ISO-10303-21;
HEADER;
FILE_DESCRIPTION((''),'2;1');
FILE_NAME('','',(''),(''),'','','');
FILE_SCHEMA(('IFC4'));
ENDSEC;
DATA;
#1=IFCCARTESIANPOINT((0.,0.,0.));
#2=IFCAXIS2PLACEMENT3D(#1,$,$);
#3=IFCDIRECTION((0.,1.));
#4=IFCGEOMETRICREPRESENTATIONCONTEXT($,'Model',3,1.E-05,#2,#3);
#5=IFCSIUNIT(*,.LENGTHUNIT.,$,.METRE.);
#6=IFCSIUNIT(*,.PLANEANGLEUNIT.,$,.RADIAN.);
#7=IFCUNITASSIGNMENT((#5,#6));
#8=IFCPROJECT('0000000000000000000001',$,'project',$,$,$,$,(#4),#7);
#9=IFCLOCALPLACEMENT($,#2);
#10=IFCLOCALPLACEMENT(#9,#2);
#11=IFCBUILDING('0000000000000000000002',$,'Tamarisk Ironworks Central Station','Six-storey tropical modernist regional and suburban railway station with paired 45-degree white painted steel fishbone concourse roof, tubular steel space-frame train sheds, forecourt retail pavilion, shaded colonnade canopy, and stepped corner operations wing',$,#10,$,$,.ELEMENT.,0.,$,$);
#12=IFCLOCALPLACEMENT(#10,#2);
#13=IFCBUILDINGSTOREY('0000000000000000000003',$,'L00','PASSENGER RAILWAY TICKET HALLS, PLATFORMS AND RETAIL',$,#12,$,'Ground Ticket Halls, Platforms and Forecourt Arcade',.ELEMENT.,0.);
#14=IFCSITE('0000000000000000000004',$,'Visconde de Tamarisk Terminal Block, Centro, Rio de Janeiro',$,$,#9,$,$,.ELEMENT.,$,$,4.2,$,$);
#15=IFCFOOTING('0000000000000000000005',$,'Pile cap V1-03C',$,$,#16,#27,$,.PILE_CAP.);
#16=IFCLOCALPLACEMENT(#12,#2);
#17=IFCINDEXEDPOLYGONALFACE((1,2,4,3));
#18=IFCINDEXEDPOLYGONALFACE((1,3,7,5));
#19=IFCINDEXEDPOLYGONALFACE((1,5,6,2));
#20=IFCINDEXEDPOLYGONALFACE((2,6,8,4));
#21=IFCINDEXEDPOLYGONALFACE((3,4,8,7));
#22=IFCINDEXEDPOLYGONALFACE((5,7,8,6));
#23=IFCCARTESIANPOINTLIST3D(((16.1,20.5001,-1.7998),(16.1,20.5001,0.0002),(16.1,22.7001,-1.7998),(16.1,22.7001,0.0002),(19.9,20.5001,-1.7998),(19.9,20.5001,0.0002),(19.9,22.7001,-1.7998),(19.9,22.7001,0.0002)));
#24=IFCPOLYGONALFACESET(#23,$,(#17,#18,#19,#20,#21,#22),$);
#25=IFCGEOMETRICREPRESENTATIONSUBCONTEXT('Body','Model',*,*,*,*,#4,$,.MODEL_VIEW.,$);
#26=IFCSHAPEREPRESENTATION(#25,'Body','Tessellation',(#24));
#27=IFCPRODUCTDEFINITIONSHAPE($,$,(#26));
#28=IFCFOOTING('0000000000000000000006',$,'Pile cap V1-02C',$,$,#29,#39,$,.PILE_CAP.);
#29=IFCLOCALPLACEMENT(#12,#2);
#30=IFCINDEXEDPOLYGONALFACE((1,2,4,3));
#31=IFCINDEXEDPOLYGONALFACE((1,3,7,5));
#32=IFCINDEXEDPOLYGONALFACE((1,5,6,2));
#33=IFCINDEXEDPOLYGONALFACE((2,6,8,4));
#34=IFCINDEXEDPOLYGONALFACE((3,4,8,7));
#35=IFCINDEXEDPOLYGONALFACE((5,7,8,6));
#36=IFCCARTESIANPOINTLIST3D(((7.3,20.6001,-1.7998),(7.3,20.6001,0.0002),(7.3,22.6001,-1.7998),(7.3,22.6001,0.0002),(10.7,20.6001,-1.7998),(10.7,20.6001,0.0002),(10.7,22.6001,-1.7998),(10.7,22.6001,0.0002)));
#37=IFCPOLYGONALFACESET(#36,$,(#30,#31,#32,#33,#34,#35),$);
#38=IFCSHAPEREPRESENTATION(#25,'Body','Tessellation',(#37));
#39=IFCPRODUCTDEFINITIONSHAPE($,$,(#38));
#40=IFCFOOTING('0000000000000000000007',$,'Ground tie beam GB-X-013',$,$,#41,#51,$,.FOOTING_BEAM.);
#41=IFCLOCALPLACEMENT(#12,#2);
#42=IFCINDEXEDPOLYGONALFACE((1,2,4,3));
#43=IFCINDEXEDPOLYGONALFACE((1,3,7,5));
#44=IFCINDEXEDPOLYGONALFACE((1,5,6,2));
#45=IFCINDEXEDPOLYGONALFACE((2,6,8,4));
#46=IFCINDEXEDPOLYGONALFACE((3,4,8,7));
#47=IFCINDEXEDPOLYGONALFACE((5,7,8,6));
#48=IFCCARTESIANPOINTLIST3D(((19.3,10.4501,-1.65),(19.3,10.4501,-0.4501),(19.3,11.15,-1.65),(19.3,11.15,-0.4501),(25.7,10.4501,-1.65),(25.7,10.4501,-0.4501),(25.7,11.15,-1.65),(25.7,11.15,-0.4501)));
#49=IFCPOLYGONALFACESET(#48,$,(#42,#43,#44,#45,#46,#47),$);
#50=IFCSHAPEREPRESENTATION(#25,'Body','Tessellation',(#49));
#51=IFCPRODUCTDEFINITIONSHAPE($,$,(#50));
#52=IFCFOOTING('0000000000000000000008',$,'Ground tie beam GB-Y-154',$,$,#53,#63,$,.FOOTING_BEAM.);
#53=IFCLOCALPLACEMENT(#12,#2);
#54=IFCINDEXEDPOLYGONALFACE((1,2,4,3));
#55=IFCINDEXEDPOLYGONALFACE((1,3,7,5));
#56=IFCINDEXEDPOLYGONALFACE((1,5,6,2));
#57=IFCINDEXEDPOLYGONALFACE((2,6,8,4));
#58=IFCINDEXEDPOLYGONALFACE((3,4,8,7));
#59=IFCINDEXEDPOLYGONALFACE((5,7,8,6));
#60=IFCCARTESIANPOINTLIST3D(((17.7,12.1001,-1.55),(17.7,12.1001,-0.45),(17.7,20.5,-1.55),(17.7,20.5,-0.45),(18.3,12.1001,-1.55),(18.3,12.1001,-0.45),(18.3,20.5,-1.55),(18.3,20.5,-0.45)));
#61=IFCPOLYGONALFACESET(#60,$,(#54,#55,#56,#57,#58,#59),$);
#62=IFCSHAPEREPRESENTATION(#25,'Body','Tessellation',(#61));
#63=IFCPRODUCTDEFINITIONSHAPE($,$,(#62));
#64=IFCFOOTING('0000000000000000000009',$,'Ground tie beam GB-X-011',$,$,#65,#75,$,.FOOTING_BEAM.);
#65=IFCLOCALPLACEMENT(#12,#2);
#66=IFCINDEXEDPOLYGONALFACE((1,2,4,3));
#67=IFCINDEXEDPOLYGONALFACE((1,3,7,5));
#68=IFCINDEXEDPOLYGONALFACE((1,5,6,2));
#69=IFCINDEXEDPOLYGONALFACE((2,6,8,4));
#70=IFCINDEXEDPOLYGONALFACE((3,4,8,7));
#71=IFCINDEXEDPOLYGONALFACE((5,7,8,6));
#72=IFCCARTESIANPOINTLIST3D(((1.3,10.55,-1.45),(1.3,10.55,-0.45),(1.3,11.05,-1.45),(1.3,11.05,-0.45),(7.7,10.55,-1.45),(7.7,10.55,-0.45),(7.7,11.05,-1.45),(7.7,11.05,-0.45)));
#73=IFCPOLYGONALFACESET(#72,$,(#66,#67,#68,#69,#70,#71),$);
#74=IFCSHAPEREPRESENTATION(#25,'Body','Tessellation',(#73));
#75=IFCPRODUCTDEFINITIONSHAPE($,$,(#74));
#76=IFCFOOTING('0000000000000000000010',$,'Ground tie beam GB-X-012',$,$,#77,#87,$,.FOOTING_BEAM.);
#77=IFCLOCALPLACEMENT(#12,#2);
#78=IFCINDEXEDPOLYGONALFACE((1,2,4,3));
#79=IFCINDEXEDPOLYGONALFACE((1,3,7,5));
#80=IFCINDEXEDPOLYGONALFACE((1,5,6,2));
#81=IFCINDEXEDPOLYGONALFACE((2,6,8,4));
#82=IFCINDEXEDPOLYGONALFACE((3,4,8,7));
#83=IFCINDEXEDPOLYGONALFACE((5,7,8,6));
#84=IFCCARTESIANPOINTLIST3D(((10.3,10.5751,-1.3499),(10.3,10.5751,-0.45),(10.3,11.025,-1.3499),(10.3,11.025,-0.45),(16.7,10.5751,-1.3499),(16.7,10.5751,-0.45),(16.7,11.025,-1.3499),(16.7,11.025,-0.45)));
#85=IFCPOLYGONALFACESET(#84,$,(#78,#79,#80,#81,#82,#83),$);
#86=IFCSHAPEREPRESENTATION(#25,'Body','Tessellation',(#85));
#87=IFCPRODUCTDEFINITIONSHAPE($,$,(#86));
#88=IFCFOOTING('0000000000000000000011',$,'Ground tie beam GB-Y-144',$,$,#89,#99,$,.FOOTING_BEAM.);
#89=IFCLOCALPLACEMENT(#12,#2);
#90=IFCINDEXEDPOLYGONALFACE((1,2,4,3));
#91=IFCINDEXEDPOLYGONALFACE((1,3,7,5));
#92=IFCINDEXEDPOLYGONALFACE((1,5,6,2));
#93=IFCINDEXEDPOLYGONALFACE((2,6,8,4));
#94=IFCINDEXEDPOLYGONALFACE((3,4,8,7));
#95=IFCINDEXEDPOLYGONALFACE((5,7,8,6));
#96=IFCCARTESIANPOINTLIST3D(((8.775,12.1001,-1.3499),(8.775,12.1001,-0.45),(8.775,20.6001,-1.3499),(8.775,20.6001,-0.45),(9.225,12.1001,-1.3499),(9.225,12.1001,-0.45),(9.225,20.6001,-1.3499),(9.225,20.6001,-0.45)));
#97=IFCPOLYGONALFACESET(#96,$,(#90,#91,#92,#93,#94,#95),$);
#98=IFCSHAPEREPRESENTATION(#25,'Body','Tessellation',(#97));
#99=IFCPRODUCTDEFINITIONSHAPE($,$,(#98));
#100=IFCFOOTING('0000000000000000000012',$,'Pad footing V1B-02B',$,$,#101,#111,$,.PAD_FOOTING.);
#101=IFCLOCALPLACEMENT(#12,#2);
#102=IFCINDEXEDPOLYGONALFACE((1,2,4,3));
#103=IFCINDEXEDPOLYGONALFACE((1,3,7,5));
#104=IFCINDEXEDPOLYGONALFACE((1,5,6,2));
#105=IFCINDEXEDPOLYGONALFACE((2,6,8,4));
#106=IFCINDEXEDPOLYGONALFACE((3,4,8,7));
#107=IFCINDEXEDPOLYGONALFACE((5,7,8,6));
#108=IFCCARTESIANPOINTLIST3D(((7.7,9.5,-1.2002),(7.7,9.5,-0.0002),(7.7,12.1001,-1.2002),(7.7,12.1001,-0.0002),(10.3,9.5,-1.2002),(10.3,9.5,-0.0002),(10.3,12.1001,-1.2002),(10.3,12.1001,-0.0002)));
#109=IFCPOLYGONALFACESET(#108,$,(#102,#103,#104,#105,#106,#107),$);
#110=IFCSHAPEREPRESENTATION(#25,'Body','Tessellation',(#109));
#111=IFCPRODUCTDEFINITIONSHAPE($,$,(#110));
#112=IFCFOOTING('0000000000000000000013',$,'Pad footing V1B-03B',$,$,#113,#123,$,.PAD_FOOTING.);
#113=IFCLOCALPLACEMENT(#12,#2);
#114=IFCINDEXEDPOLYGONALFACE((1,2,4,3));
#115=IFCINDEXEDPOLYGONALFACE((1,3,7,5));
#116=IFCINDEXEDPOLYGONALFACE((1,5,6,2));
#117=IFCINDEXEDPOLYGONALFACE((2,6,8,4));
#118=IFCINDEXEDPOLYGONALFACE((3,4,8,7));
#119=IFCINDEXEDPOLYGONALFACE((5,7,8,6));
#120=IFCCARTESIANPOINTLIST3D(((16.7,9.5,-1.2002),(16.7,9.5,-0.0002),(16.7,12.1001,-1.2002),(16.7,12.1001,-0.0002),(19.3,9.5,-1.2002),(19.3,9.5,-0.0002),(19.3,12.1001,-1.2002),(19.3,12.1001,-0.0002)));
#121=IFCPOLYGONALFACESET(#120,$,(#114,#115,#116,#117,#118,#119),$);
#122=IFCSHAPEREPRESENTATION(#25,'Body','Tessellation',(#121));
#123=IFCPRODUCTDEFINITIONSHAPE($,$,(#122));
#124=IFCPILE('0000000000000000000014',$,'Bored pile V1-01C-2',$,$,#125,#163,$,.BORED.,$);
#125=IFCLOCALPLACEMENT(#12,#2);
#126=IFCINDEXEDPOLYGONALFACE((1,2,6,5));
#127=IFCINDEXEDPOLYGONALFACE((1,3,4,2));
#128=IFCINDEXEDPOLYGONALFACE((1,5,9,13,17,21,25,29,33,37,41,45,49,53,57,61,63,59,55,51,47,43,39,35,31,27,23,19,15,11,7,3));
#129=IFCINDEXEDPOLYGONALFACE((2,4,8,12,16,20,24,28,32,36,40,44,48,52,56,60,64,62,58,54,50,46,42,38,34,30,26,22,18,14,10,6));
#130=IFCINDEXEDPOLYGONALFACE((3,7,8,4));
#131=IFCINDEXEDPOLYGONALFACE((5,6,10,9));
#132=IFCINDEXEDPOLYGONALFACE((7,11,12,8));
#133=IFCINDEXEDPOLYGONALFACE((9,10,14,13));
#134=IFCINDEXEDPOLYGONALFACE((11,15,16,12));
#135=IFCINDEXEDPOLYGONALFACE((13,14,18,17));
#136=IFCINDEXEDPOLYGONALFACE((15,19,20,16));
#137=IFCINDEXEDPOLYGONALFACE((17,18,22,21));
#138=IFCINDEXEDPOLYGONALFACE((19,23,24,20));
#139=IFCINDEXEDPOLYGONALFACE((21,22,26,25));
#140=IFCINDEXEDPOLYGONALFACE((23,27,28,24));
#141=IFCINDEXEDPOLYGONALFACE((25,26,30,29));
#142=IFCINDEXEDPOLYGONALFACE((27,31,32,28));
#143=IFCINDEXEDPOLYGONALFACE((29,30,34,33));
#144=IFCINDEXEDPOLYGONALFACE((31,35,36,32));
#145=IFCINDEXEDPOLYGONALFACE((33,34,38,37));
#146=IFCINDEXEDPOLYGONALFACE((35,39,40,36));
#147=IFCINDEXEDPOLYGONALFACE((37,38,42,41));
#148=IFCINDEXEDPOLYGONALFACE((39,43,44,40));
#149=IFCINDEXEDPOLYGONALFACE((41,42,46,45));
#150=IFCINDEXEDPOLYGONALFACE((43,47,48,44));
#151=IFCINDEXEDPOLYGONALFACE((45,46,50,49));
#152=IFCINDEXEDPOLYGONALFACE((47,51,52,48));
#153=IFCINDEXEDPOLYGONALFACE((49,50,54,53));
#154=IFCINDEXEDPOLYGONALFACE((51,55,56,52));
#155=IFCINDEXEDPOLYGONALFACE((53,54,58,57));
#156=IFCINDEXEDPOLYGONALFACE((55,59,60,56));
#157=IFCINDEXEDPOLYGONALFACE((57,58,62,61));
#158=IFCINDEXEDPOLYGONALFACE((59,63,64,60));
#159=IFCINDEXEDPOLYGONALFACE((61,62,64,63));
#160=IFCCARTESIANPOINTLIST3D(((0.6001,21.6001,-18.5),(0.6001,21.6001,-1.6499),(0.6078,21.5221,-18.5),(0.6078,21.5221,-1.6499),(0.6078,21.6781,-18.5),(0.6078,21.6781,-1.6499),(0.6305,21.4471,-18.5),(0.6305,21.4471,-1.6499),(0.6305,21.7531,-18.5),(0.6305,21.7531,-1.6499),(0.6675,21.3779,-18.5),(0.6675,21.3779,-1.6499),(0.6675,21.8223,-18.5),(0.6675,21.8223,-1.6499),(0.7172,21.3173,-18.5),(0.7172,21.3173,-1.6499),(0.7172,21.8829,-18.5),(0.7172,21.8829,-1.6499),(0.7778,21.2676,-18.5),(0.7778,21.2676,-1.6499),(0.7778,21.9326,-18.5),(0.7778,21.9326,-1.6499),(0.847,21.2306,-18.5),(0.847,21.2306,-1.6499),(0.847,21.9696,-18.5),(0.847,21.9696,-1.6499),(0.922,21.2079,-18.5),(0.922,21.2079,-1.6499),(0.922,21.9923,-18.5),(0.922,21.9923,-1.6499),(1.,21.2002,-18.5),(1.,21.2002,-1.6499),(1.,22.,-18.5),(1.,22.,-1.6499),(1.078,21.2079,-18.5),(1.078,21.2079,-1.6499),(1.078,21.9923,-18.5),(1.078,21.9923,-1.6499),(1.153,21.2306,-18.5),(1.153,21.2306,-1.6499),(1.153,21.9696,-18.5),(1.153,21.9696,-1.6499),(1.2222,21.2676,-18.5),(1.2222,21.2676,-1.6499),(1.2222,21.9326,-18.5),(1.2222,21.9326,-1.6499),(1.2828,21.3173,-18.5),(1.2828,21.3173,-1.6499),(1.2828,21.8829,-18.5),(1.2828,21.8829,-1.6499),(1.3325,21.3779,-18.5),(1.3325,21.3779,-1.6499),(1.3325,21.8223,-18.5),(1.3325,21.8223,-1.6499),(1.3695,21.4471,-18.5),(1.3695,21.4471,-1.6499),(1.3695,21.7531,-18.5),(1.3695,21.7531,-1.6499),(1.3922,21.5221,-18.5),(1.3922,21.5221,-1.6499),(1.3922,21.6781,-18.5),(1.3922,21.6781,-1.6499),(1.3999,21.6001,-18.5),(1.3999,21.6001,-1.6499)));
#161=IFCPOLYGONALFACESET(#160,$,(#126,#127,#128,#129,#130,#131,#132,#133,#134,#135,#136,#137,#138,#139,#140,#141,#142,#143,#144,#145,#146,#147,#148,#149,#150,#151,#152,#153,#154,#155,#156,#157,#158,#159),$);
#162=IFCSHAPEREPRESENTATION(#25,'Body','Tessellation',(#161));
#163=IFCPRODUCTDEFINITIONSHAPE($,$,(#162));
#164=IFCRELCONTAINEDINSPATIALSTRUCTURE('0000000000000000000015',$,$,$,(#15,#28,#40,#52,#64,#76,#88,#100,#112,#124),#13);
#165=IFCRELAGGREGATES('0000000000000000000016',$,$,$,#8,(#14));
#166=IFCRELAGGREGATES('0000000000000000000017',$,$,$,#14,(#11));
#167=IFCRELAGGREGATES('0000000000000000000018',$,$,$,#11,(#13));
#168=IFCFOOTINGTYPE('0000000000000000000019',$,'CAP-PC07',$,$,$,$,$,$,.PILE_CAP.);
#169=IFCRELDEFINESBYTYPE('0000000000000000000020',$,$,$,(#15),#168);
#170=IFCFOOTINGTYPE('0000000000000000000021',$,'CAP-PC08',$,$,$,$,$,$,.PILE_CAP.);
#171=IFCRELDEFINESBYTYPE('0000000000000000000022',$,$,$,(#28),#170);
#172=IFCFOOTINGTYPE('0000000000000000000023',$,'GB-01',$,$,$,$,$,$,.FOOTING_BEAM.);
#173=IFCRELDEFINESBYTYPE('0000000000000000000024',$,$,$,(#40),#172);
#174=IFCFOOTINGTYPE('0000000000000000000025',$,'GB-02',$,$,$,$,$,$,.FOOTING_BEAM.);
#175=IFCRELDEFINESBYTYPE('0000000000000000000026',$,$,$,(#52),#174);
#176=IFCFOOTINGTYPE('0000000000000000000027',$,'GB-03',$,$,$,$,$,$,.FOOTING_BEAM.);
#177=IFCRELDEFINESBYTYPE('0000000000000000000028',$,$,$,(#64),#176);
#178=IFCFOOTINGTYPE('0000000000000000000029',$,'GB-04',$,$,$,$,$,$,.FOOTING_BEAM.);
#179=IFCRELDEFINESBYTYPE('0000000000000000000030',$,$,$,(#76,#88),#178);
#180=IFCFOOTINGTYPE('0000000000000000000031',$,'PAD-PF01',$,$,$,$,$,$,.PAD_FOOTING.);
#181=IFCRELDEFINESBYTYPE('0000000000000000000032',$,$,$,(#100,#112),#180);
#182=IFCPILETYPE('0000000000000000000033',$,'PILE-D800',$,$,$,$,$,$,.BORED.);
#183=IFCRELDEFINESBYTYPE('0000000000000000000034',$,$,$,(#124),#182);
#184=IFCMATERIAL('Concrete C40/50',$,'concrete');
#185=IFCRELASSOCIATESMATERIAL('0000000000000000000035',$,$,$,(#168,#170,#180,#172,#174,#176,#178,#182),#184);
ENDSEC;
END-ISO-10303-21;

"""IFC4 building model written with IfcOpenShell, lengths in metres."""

from ifc_helpers import new_model, si_unit, direction, frame, origin, origin_2d, place, context, subcontext, project, spatial, rectangle, circle, extrude, material, material_profile, profile_set, type_object, element, save


model = new_model("IFC4")

# Units and contexts
model_context = context("Model", 3, precision=1e-05, world=origin(), true_north=direction((0.0, 1.0)))
body_context = subcontext(model_context, "Body", "Model", "MODEL_VIEW")
ifc_project = project(units=[si_unit("LENGTHUNIT", "METRE"), si_unit("PLANEANGLEUNIT", "RADIAN")], contexts=[model_context])

# Site, building, storey
site_placement = place(None, origin())
site = spatial("IfcSite", under=ifc_project, at=site_placement, Name="Visconde de Tamarisk Terminal Block, Centro, Rio de Janeiro", CompositionType="ELEMENT", RefElevation=4.2)
building_placement = place(site_placement, origin())
building = spatial("IfcBuilding", under=site, at=building_placement, Name="Tamarisk Ironworks Central Station", Description="Six-storey tropical modernist regional and suburban railway station with paired 45-degree white painted steel fishbone concourse roof, tubular steel space-frame train sheds, forecourt retail pavilion, shaded colonnade canopy, and stepped corner operations wing", CompositionType="ELEMENT", ElevationOfRefHeight=0.0)
storey_placement = place(building_placement, origin())
storey = spatial("IfcBuildingStorey", under=building, at=storey_placement, Name="L00", Description="PASSENGER RAILWAY TICKET HALLS, PLATFORMS AND RETAIL", LongName="Ground Ticket Halls, Platforms and Forecourt Arcade", CompositionType="ELEMENT", Elevation=0.0)

# Footings
ifc_material_1 = material(Name="Concrete C40/50", Category="concrete")
footing_type_1 = type_object("IfcFootingType", Name="CAP-PC07", PredefinedType="PILE_CAP", material=ifc_material_1)
footing_1_placement = place(storey_placement, frame((18.0, 21.6001, -1.7998), z_axis=(0.0, 0.0, 1.0), x_axis=(1.0, 0.0, 0.0)))
element("IfcFooting", 1, at=footing_1_placement, inside=storey, type_object=footing_type_1, Name="Pile cap V1-03C", PredefinedType="PILE_CAP", context=body_context, shape_type="SweptSolid", body=[
    extrude(rectangle(XDim=3.8, YDim=2.2, at=origin_2d()), origin(), (0.0, 0.0, 1.0), 1.8),
])
footing_type_2 = type_object("IfcFootingType", Name="CAP-PC08", PredefinedType="PILE_CAP", material=ifc_material_1)
footing_2_placement = place(storey_placement, frame((9.0, 21.6001, -1.7998), z_axis=(0.0, 0.0, 1.0), x_axis=(1.0, 0.0, 0.0)))
element("IfcFooting", 2, at=footing_2_placement, inside=storey, type_object=footing_type_2, Name="Pile cap V1-02C", PredefinedType="PILE_CAP", context=body_context, shape_type="SweptSolid", body=[
    extrude(rectangle(XDim=3.3999, YDim=2.0, at=origin_2d()), origin(), (0.0, 0.0, 1.0), 1.8),
])
ifc_material_profile_1 = material_profile(ifc_material_1, rectangle(XDim=0.7, YDim=1.2, at=origin_2d()), Name="GB01 700x1200")
ifc_profile_set_1 = profile_set([ifc_material_profile_1], Name="Concrete C40/50")
footing_type_3 = type_object("IfcFootingType", Name="GB-01", PredefinedType="FOOTING_BEAM", material=ifc_profile_set_1)
footing_3_placement = place(storey_placement, frame((19.3, 10.8, -1.05), z_axis=(1.0, 0.0, 0.0), x_axis=(0.0, 1.0, 0.0)))
element("IfcFooting", 3, at=footing_3_placement, inside=storey, type_object=footing_type_3, Name="Ground tie beam GB-X-013", PredefinedType="FOOTING_BEAM", context=body_context, shape_type="SweptSolid", body=[
    extrude(rectangle(XDim=0.7, YDim=1.2, at=origin_2d()), origin(), (0.0, 0.0, 1.0), 6.3999),
])
ifc_material_profile_2 = material_profile(ifc_material_1, rectangle(XDim=0.6001, YDim=1.1001, at=origin_2d()), Name="GB02 600x1100")
ifc_profile_set_2 = profile_set([ifc_material_profile_2], Name="Concrete C40/50")
footing_type_4 = type_object("IfcFootingType", Name="GB-02", PredefinedType="FOOTING_BEAM", material=ifc_profile_set_2)
footing_4_placement = place(storey_placement, frame((18.0, 12.1001, -1.0), z_axis=(0.0, 1.0, 0.0), x_axis=(-1.0, 0.0, 0.0)))
element("IfcFooting", 4, at=footing_4_placement, inside=storey, type_object=footing_type_4, Name="Ground tie beam GB-Y-154", PredefinedType="FOOTING_BEAM", context=body_context, shape_type="SweptSolid", body=[
    extrude(rectangle(XDim=0.6001, YDim=1.1001, at=origin_2d()), origin(), (0.0, 0.0, 1.0), 8.3999),
])
ifc_material_profile_3 = material_profile(ifc_material_1, rectangle(XDim=0.5, YDim=1.0, at=origin_2d()), Name="GB03 500x1000")
ifc_profile_set_3 = profile_set([ifc_material_profile_3], Name="Concrete C40/50")
footing_type_5 = type_object("IfcFootingType", Name="GB-03", PredefinedType="FOOTING_BEAM", material=ifc_profile_set_3)
footing_5_placement = place(storey_placement, frame((1.3, 10.8, -0.95), z_axis=(1.0, 0.0, 0.0), x_axis=(0.0, 1.0, 0.0)))
element("IfcFooting", 5, at=footing_5_placement, inside=storey, type_object=footing_type_5, Name="Ground tie beam GB-X-011", PredefinedType="FOOTING_BEAM", context=body_context, shape_type="SweptSolid", body=[
    extrude(rectangle(XDim=0.5, YDim=1.0, at=origin_2d()), origin(), (0.0, 0.0, 1.0), 6.3999),
])
ifc_material_profile_4 = material_profile(ifc_material_1, rectangle(XDim=0.45, YDim=0.8999, at=origin_2d()), Name="GB04 450x900")
ifc_profile_set_4 = profile_set([ifc_material_profile_4], Name="Concrete C40/50")
footing_type_6 = type_object("IfcFootingType", Name="GB-04", PredefinedType="FOOTING_BEAM", material=ifc_profile_set_4)
footing_6_placement = place(storey_placement, frame((10.3, 10.8, -0.8999), z_axis=(1.0, 0.0, 0.0), x_axis=(0.0, 1.0, 0.0)))
element("IfcFooting", 6, at=footing_6_placement, inside=storey, type_object=footing_type_6, Name="Ground tie beam GB-X-012", PredefinedType="FOOTING_BEAM", context=body_context, shape_type="SweptSolid", body=[
    extrude(rectangle(XDim=0.45, YDim=0.8999, at=origin_2d()), origin(), (0.0, 0.0, 1.0), 6.3999),
])
footing_7_placement = place(storey_placement, frame((9.0, 12.1001, -0.8999), z_axis=(0.0, 1.0, 0.0), x_axis=(-1.0, 0.0, 0.0)))
element("IfcFooting", 7, at=footing_7_placement, inside=storey, type_object=footing_type_6, Name="Ground tie beam GB-Y-144", PredefinedType="FOOTING_BEAM", context=body_context, shape_type="SweptSolid", body=[
    extrude(rectangle(XDim=0.45, YDim=0.8999, at=origin_2d()), origin(), (0.0, 0.0, 1.0), 8.5),
])
footing_type_7 = type_object("IfcFootingType", Name="PAD-PF01", PredefinedType="PAD_FOOTING", material=ifc_material_1)
for number, where, z_axis, x_axis, name in (
    (8, (9.0, 10.8, -1.2002), (0.0, 0.0, 1.0), (1.0, 0.0, 0.0), "Pad footing V1B-02B"),
    (9, (18.0, 10.8, -1.2002), (0.0, 0.0, 1.0), (1.0, 0.0, 0.0), "Pad footing V1B-03B"),
):
    element("IfcFooting", number, at=place(storey_placement, frame(where, z_axis=z_axis, x_axis=x_axis)), inside=storey, type_object=footing_type_7, Name=name, PredefinedType="PAD_FOOTING", context=body_context, shape_type="SweptSolid", body=[
        extrude(rectangle(XDim=2.6001, YDim=2.6001, at=origin_2d()), origin(), (0.0, 0.0, 1.0), 1.2),
    ])

# Pile
ifc_material_profile_5 = material_profile(ifc_material_1, circle(Radius=0.3999, at=origin_2d()), Name="BORED PILE D800")
ifc_profile_set_5 = profile_set([ifc_material_profile_5], Name="Concrete C40/50")
pile_type_1 = type_object("IfcPileType", Name="PILE-D800", PredefinedType="BORED", material=ifc_profile_set_5)
for number, where, z_axis, x_axis, name in (
    (10, (1.0, 21.6001, -1.6499), (0.0, 0.0, -1.0), (1.0, 0.0, 0.0), "Bored pile V1-01C-2"),
):
    element("IfcPile", number, at=place(storey_placement, frame(where, z_axis=z_axis, x_axis=x_axis)), inside=storey, type_object=pile_type_1, Name=name, PredefinedType="BORED", context=body_context, shape_type="SweptSolid", body=[
        extrude(circle(Radius=0.3999, at=origin_2d()), origin(), (0.0, 0.0, 1.0), 16.8501),
    ])

save(model, "model.ifc")
